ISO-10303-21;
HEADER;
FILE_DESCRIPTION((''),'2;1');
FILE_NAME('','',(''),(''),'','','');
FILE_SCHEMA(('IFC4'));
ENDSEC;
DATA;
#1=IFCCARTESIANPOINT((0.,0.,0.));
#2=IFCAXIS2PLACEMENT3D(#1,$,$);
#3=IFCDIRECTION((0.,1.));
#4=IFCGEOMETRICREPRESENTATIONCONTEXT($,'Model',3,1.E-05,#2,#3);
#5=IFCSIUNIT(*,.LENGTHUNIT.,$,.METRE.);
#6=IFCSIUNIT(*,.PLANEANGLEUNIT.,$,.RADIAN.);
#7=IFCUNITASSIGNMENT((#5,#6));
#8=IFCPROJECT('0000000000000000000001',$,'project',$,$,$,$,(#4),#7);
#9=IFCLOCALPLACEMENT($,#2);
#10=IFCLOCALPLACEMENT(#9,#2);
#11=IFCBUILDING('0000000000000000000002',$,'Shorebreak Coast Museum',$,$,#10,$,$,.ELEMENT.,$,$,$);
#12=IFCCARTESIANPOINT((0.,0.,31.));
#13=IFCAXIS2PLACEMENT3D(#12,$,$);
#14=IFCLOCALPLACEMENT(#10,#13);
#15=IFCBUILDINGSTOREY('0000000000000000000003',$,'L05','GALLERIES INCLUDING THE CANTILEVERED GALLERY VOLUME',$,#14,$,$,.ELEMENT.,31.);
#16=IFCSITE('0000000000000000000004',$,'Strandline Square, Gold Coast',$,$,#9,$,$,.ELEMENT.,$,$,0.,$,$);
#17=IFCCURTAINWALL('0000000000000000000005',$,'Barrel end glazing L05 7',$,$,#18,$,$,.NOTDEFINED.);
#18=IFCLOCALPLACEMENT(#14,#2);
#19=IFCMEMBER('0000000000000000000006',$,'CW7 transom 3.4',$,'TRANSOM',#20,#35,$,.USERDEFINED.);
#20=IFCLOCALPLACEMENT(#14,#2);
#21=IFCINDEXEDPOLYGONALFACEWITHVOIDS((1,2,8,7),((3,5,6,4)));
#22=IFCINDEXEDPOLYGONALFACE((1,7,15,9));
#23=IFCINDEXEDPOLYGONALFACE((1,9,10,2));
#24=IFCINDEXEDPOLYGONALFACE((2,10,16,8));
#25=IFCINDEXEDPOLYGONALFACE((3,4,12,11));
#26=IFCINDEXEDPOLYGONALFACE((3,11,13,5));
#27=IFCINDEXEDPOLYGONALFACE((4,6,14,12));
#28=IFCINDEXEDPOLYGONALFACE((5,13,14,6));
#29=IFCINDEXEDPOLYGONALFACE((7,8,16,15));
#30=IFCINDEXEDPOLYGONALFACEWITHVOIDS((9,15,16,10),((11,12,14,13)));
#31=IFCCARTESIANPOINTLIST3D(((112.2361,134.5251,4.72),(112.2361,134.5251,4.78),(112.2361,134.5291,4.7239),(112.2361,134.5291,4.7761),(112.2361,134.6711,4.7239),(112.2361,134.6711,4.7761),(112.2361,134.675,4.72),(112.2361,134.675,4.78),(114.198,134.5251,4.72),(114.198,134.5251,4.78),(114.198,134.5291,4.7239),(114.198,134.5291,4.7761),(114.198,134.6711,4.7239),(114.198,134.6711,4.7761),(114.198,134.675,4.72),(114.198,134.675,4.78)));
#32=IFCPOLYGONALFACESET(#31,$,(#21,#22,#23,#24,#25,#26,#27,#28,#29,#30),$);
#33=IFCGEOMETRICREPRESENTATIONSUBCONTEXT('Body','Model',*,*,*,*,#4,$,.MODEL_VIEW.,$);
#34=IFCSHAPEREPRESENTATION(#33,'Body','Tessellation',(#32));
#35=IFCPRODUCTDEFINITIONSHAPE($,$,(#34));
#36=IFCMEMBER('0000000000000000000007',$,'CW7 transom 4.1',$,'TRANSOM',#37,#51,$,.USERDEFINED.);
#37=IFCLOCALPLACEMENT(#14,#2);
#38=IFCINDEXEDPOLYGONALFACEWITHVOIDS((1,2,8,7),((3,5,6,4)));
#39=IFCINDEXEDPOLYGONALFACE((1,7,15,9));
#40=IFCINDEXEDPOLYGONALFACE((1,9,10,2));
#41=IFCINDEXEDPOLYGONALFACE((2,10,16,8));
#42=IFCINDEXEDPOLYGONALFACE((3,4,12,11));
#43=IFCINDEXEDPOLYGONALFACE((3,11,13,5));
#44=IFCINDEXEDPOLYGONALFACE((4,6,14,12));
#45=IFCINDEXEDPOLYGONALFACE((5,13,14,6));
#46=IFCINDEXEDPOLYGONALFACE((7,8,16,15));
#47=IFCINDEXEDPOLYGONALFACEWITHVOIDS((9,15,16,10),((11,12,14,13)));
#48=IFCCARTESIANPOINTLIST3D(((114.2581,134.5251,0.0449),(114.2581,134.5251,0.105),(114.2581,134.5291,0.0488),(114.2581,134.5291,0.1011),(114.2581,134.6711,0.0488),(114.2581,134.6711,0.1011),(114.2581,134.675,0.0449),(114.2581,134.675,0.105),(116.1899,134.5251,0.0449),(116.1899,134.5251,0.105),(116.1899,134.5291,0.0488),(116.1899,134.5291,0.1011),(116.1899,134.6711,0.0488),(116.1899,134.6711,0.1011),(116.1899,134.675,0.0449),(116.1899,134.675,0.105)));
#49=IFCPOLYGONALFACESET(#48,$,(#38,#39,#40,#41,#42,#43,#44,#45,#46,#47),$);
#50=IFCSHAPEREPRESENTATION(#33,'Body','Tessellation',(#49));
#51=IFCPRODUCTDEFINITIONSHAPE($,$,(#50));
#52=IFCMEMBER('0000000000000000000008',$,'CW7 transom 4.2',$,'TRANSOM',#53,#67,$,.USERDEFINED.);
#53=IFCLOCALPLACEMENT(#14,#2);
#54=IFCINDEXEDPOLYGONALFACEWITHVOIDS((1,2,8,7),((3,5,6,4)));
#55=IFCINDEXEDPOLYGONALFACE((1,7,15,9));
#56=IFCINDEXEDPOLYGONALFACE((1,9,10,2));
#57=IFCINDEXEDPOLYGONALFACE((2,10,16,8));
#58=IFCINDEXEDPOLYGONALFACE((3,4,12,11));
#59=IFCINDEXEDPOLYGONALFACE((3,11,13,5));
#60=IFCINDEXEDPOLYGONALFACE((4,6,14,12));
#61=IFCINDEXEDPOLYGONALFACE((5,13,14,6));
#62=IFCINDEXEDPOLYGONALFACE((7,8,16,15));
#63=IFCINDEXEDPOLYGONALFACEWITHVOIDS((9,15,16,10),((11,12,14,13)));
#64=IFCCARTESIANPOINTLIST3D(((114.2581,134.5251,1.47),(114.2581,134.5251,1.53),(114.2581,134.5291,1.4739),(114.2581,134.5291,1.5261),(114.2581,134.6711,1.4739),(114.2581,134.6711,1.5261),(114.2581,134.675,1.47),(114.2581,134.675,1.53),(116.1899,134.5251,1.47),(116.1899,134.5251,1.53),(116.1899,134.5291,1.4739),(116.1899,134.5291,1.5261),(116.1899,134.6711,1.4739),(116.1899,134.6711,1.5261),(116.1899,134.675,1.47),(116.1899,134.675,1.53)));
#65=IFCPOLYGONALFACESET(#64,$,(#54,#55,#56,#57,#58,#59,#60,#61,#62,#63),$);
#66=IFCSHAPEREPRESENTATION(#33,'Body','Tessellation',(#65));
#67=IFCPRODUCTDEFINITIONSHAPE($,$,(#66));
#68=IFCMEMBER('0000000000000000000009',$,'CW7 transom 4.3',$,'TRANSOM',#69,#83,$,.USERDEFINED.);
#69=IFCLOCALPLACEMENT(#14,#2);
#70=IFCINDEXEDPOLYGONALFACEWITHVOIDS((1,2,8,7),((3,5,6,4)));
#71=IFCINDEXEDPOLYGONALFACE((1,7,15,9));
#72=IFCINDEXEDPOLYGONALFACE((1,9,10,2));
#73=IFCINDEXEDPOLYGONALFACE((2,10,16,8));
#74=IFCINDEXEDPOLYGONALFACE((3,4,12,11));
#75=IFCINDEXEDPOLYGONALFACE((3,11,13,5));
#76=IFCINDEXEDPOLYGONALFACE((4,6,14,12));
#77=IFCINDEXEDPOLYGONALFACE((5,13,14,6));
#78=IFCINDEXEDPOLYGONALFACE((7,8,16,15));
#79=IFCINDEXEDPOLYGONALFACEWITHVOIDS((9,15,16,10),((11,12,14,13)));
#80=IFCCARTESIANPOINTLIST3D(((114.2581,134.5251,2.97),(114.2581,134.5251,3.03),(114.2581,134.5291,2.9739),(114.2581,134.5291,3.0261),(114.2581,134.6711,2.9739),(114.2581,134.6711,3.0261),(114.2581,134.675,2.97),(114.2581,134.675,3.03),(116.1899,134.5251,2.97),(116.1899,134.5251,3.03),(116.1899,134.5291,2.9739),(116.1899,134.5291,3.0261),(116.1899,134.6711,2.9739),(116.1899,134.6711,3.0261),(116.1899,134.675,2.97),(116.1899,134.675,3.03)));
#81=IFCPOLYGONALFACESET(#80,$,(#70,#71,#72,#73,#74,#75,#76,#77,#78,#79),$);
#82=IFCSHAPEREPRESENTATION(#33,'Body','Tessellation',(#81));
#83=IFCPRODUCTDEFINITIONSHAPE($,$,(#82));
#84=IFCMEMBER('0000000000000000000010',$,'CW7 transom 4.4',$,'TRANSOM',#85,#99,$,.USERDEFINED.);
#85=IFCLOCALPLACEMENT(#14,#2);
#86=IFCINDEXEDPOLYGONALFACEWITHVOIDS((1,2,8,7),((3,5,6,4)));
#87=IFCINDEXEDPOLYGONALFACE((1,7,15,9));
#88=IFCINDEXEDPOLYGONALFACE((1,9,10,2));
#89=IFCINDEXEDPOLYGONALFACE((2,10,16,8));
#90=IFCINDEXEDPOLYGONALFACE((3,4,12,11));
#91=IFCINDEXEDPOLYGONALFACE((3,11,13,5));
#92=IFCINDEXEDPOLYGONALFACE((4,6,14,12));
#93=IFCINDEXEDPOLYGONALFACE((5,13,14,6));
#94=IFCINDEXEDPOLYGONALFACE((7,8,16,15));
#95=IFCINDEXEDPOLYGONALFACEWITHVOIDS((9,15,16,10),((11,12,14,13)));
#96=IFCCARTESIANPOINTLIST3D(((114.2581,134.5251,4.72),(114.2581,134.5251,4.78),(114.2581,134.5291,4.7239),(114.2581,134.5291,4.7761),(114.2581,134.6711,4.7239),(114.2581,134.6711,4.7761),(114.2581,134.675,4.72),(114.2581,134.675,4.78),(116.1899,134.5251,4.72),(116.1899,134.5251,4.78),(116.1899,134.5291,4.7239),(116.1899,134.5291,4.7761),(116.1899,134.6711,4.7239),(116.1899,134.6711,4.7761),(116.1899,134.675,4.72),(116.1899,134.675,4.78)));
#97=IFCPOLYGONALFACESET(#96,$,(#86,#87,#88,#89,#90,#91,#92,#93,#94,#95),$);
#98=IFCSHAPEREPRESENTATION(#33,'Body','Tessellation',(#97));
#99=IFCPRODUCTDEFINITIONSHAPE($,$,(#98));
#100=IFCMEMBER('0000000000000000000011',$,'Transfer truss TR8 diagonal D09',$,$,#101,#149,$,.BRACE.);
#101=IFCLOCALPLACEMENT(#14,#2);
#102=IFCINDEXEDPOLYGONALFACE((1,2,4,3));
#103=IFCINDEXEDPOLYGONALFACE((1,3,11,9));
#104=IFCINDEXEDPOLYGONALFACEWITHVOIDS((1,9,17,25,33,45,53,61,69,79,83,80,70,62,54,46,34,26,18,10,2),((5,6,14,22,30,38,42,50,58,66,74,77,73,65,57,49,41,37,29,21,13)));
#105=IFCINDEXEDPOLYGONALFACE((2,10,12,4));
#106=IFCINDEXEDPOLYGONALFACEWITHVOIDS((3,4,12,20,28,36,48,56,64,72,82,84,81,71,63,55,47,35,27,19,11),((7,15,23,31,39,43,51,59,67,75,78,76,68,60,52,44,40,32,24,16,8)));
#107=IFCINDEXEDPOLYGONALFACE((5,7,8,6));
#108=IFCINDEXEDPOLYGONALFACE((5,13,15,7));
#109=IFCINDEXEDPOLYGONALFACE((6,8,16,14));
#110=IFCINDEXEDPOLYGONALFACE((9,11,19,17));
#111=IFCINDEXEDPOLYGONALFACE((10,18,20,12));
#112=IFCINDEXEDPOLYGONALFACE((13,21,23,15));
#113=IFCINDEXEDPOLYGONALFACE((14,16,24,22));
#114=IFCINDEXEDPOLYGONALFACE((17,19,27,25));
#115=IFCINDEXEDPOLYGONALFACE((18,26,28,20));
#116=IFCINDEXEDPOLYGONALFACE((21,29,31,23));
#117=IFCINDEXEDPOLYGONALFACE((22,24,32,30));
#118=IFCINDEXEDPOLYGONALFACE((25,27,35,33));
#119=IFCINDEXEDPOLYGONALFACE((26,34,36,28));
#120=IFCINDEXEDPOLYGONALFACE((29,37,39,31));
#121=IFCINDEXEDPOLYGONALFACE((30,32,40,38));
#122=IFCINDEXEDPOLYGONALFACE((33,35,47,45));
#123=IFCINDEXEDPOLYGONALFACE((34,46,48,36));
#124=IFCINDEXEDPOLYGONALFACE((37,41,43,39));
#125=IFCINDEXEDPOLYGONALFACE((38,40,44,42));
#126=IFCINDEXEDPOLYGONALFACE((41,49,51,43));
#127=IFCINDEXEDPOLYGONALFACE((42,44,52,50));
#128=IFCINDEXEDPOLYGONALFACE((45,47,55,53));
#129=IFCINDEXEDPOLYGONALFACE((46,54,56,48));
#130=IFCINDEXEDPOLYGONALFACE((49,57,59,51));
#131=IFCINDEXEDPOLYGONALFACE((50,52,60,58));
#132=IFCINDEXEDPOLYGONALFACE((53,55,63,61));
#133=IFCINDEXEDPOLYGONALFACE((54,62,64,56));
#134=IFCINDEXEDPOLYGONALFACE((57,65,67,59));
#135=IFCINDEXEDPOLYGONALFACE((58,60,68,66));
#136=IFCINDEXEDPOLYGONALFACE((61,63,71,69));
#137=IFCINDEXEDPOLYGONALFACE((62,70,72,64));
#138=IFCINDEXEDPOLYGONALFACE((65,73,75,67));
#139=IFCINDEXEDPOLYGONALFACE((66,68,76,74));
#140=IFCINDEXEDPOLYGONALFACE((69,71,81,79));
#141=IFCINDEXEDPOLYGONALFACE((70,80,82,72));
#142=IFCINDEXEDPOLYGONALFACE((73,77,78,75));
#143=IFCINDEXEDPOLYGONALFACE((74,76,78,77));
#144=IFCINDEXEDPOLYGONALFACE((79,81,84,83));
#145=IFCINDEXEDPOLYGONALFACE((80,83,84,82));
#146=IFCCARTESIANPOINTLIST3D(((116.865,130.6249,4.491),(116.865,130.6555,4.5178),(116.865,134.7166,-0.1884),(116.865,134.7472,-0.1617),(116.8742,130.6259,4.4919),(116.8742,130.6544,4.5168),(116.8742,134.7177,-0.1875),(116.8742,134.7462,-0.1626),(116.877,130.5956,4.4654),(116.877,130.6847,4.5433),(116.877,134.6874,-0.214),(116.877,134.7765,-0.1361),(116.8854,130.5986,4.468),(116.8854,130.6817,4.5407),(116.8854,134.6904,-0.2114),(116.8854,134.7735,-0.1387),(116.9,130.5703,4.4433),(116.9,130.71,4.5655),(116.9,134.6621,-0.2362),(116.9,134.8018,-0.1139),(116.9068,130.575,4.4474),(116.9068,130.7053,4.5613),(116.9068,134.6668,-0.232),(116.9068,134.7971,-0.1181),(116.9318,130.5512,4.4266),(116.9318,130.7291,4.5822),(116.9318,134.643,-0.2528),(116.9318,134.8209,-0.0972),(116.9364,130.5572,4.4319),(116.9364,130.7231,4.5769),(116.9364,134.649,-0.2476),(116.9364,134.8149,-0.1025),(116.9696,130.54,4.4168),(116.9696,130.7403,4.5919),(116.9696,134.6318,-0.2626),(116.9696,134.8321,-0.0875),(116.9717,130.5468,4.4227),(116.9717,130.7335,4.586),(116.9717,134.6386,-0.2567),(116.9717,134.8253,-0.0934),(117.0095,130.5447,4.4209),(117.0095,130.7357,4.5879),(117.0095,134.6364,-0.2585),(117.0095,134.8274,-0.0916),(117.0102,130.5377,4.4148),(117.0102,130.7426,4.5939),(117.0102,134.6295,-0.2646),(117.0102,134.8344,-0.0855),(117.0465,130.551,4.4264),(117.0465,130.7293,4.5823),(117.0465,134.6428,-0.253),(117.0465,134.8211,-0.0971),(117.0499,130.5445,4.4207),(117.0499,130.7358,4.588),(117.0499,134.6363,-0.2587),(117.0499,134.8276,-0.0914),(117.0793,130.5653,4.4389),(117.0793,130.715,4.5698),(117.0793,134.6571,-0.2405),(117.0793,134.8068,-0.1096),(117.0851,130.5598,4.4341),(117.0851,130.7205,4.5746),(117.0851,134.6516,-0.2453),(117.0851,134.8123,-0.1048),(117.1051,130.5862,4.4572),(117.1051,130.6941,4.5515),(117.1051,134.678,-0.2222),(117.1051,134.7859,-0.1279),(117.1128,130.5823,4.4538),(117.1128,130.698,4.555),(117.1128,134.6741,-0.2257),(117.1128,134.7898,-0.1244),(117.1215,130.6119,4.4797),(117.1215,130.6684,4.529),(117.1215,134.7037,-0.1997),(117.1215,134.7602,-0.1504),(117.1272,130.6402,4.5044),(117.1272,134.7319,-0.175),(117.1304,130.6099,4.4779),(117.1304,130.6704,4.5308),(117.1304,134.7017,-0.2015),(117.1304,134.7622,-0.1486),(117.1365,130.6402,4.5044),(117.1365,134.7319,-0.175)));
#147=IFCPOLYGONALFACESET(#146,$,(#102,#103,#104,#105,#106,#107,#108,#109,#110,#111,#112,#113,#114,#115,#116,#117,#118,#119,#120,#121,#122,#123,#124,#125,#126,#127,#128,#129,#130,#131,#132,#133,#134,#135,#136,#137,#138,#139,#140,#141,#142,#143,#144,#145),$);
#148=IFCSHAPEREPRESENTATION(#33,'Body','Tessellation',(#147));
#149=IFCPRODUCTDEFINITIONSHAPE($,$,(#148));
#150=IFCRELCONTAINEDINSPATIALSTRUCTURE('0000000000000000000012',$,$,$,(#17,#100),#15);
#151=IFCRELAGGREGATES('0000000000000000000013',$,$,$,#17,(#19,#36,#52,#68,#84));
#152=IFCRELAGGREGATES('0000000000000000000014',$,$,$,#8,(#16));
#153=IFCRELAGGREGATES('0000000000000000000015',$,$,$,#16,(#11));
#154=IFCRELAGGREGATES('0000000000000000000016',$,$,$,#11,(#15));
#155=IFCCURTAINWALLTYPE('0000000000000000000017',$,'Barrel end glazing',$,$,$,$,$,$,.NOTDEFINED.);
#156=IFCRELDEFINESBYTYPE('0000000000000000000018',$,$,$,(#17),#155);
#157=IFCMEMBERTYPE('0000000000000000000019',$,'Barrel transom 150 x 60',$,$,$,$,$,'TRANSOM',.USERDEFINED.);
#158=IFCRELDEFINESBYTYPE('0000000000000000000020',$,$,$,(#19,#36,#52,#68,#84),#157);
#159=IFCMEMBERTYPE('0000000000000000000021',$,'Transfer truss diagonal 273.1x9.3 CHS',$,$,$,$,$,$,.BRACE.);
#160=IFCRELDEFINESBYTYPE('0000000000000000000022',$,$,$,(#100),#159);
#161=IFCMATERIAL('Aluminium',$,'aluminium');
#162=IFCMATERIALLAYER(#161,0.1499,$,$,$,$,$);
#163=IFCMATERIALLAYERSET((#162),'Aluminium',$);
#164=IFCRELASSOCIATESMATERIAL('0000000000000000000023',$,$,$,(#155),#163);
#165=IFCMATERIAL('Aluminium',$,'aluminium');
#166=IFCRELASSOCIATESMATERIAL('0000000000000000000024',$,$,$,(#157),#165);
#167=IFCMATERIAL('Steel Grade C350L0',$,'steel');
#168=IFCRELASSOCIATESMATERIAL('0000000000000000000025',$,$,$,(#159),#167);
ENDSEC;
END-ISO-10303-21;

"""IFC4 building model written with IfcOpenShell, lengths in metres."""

from ifc_helpers import new_model, si_unit, direction, frame, origin, origin_2d, place, context, subcontext, project, spatial, hollow_rectangle, hollow_circle, extrude, material, layer, layer_set, material_profile, profile_set, type_object, element, aggregate, save


model = new_model("IFC4")

# Units and contexts
model_context = context("Model", 3, precision=1e-05, world=origin(), true_north=direction((0.0, 1.0)))
body_context = subcontext(model_context, "Body", "Model", "MODEL_VIEW")
ifc_project = project(units=[si_unit("LENGTHUNIT", "METRE"), si_unit("PLANEANGLEUNIT", "RADIAN")], contexts=[model_context])

# Site, building, storey
site_placement = place(None, origin())
site = spatial("IfcSite", under=ifc_project, at=site_placement, Name="Strandline Square, Gold Coast", CompositionType="ELEMENT", RefElevation=0.0)
building_placement = place(site_placement, origin())
building = spatial("IfcBuilding", under=site, at=building_placement, Name="Shorebreak Coast Museum", CompositionType="ELEMENT")
storey_placement = place(building_placement, frame((0.0, 0.0, 31.0)))
storey = spatial("IfcBuildingStorey", under=building, at=storey_placement, Name="L05", Description="GALLERIES INCLUDING THE CANTILEVERED GALLERY VOLUME", CompositionType="ELEMENT", Elevation=31.0)

# Curtain wall, members
ifc_material_1 = material(Name="Aluminium", Category="aluminium")
ifc_layer_1 = layer(ifc_material_1, 0.1499)
ifc_layer_set_1 = layer_set([ifc_layer_1], Name="Aluminium")
curtain_wall_type = type_object("IfcCurtainWallType", Name="Barrel end glazing", PredefinedType="NOTDEFINED", material=ifc_layer_set_1)
curtain_wall_placement = place(storey_placement, origin())
curtain_wall = element("IfcCurtainWall", 1, at=curtain_wall_placement, inside=storey, type_object=curtain_wall_type, Name="Barrel end glazing L05 7", PredefinedType="NOTDEFINED")
ifc_material_2 = material(Name="Aluminium", Category="aluminium")
ifc_material_profile_1 = material_profile(ifc_material_2, hollow_rectangle(XDim=0.1499, YDim=0.0601, WallThickness=0.0039, at=origin_2d()), Name="AL 60x150 RHS")
ifc_profile_set_1 = profile_set([ifc_material_profile_1], Name="Aluminium")
member_type_1 = type_object("IfcMemberType", Name="Barrel transom 150 x 60", ElementType="TRANSOM", PredefinedType="USERDEFINED", material=ifc_profile_set_1)
member_1_placement = place(storey_placement, frame((112.2361, 134.6001, 4.75), z_axis=(1.0, 0.0, 0.0), x_axis=(0.0, 1.0, 0.0)))
member_1 = element("IfcMember", 2, at=member_1_placement, type_object=member_type_1, Name="CW7 transom 3.4", ObjectType="TRANSOM", PredefinedType="USERDEFINED", context=body_context, shape_type="SweptSolid", body=[
    extrude(hollow_rectangle(XDim=0.1499, YDim=0.0601, WallThickness=0.0039, at=origin_2d()), origin(), (0.0, 0.0, 1.0), 1.9619),
])
member_2_placement = place(storey_placement, frame((114.2581, 134.6001, 0.075), z_axis=(1.0, 0.0, 0.0), x_axis=(0.0, 1.0, 0.0)))
member_2 = element("IfcMember", 3, at=member_2_placement, type_object=member_type_1, Name="CW7 transom 4.1", ObjectType="TRANSOM", PredefinedType="USERDEFINED", context=body_context, shape_type="SweptSolid", body=[
    extrude(hollow_rectangle(XDim=0.1499, YDim=0.0601, WallThickness=0.0039, at=origin_2d()), origin(), (0.0, 0.0, 1.0), 1.9319),
])
member_3_placement = place(storey_placement, frame((114.2581, 134.6001, 1.5), z_axis=(1.0, 0.0, 0.0), x_axis=(0.0, 1.0, 0.0)))
member_3 = element("IfcMember", 4, at=member_3_placement, type_object=member_type_1, Name="CW7 transom 4.2", ObjectType="TRANSOM", PredefinedType="USERDEFINED", context=body_context, shape_type="SweptSolid", body=[
    extrude(hollow_rectangle(XDim=0.1499, YDim=0.0601, WallThickness=0.0039, at=origin_2d()), origin(), (0.0, 0.0, 1.0), 1.9319),
])
member_4_placement = place(storey_placement, frame((114.2581, 134.6001, 3.0), z_axis=(1.0, 0.0, 0.0), x_axis=(0.0, 1.0, 0.0)))
member_4 = element("IfcMember", 5, at=member_4_placement, type_object=member_type_1, Name="CW7 transom 4.3", ObjectType="TRANSOM", PredefinedType="USERDEFINED", context=body_context, shape_type="SweptSolid", body=[
    extrude(hollow_rectangle(XDim=0.1499, YDim=0.0601, WallThickness=0.0039, at=origin_2d()), origin(), (0.0, 0.0, 1.0), 1.9319),
])
member_5_placement = place(storey_placement, frame((114.2581, 134.6001, 4.75), z_axis=(1.0, 0.0, 0.0), x_axis=(0.0, 1.0, 0.0)))
member_5 = element("IfcMember", 6, at=member_5_placement, type_object=member_type_1, Name="CW7 transom 4.4", ObjectType="TRANSOM", PredefinedType="USERDEFINED", context=body_context, shape_type="SweptSolid", body=[
    extrude(hollow_rectangle(XDim=0.1499, YDim=0.0601, WallThickness=0.0039, at=origin_2d()), origin(), (0.0, 0.0, 1.0), 1.9319),
])

# Member
ifc_material_3 = material(Name="Steel Grade C350L0", Category="steel")
ifc_material_profile_2 = material_profile(ifc_material_3, hollow_circle(Radius=0.1365, WallThickness=0.0093, at=origin_2d()), Name="273.1x9.3 CHS")
ifc_profile_set_2 = profile_set([ifc_material_profile_2], Name="Steel Grade C350L0")
member_type_2 = type_object("IfcMemberType", Name="Transfer truss diagonal 273.1x9.3 CHS", PredefinedType="BRACE", material=ifc_profile_set_2)
member_6_placement = place(storey_placement, frame((117.0, 134.7319, -0.175), z_axis=(0.0, -0.658257, 0.752793), x_axis=(1.0, 0.0, 0.0)))
element("IfcMember", 7, at=member_6_placement, inside=storey, type_object=member_type_2, Name="Transfer truss TR8 diagonal D09", PredefinedType="BRACE", context=body_context, shape_type="SweptSolid", body=[
    extrude(hollow_circle(Radius=0.1365, WallThickness=0.0093, at=origin_2d()), origin(), (0.0, 0.0, 1.0), 6.2161),
])

aggregate(curtain_wall, [member_1, member_2, member_3, member_4, member_5])

save(model, "model.ifc")
